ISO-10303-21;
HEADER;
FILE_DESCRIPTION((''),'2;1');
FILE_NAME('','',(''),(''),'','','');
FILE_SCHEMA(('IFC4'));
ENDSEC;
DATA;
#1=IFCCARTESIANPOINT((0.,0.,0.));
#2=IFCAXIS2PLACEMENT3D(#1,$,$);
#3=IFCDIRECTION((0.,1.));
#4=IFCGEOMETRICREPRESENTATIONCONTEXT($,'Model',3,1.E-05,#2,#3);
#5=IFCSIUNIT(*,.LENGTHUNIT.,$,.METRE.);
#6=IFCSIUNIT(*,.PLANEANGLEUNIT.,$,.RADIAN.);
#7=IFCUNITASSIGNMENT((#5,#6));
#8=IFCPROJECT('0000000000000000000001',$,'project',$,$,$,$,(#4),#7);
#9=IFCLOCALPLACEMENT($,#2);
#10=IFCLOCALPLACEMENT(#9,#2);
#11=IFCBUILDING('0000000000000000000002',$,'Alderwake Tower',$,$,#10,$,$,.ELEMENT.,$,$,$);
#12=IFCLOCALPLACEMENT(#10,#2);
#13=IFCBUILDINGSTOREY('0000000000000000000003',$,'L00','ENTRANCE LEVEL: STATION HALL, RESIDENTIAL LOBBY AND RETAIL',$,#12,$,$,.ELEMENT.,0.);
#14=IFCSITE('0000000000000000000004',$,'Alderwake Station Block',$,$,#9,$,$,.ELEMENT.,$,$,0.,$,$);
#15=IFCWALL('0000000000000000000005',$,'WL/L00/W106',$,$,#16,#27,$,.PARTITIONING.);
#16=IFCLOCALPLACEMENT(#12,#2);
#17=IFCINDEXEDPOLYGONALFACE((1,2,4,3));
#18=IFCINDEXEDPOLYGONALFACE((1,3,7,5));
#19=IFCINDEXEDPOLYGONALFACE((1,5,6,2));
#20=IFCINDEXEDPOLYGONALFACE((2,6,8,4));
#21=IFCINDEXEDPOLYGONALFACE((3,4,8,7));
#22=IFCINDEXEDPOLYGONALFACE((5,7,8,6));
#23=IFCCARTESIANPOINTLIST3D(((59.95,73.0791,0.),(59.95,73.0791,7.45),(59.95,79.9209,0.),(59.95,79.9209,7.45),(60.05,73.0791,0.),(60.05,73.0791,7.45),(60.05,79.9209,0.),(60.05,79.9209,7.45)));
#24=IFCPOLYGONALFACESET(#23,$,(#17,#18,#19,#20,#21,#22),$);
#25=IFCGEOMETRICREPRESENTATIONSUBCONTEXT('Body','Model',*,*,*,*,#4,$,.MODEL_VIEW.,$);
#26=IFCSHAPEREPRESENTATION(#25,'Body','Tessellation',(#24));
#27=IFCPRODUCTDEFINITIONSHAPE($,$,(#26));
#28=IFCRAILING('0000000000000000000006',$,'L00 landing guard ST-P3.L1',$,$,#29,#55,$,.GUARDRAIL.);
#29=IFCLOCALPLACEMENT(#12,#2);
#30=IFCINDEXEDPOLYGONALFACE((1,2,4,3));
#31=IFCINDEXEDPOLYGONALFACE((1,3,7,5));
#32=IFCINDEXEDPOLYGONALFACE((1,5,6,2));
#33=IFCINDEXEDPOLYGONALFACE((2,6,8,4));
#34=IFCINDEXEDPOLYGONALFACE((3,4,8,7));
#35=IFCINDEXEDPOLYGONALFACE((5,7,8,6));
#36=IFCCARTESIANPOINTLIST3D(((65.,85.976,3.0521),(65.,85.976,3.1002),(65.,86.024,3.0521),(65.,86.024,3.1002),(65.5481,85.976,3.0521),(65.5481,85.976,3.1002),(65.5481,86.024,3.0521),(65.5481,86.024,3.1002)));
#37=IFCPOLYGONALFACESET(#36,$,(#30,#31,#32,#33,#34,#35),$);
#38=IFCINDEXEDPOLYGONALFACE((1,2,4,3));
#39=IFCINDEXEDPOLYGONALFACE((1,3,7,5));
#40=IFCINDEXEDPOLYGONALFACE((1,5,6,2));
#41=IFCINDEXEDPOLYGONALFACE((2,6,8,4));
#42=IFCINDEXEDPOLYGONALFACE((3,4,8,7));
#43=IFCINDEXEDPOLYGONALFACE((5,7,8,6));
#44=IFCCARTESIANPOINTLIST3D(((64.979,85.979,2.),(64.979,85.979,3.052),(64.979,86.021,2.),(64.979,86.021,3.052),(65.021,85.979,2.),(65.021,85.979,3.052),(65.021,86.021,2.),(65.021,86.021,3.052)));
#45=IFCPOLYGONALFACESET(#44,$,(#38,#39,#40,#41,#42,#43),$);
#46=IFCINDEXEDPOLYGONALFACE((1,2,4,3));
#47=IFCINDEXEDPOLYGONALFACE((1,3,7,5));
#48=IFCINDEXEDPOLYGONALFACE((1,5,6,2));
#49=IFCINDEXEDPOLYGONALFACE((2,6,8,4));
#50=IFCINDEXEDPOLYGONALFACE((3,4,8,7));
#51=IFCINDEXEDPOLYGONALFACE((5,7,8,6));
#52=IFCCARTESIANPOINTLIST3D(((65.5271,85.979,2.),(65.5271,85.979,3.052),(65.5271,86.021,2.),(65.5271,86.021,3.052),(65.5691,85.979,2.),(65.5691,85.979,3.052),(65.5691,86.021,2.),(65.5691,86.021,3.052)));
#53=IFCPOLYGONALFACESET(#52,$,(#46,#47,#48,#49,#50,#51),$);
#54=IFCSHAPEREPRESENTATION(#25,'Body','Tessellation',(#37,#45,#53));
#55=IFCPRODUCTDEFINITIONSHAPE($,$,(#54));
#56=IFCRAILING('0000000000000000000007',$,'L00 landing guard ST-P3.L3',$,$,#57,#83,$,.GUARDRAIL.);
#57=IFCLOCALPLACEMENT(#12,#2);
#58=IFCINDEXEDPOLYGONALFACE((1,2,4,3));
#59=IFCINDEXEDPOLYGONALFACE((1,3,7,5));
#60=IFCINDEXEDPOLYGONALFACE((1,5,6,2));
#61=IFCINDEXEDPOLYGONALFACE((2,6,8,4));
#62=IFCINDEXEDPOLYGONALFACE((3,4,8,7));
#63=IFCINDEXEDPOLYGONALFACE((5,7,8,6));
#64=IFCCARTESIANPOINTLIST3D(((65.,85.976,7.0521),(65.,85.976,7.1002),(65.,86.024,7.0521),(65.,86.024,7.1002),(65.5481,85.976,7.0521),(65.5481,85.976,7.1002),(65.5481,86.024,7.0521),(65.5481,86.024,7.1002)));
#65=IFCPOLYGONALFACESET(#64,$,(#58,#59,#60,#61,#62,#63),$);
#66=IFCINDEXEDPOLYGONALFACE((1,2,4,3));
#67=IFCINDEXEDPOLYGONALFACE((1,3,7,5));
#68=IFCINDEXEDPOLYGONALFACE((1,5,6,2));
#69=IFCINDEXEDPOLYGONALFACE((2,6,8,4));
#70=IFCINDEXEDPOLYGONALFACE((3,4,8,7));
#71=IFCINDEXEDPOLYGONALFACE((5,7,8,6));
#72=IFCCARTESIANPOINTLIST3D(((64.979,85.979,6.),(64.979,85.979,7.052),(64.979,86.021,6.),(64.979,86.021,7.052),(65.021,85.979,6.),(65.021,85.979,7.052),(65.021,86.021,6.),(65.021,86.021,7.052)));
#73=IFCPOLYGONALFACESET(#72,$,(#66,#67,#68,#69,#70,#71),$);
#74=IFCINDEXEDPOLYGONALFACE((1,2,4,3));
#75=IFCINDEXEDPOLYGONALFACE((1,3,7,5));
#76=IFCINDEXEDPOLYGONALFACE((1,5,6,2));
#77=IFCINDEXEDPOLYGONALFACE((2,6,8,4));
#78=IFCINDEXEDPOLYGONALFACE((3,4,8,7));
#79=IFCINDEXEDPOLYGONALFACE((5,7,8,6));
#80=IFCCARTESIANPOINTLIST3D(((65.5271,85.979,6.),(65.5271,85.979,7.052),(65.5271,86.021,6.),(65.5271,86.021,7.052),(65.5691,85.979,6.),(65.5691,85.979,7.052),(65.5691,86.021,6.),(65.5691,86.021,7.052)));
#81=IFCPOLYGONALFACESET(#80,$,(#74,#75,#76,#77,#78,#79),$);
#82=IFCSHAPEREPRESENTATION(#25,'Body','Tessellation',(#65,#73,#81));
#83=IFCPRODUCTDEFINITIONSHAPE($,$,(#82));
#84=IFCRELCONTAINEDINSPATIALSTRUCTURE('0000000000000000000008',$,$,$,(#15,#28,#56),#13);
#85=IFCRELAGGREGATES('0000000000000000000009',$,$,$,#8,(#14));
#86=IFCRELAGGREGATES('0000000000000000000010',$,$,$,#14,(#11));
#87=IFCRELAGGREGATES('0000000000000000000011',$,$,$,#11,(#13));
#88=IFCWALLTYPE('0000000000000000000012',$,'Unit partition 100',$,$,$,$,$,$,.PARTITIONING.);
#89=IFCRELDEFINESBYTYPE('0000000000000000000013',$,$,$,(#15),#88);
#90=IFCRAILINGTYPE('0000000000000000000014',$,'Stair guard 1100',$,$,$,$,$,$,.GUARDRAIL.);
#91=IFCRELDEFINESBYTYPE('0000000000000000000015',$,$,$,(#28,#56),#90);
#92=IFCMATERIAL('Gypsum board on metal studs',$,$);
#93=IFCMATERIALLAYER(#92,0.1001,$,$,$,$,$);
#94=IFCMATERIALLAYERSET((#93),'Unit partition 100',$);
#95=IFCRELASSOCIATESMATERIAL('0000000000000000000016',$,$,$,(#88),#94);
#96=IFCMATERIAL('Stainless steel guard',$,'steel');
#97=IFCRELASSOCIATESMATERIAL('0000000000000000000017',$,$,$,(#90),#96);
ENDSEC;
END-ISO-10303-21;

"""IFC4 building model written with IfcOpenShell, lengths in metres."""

from ifc_helpers import new_model, si_unit, direction, frame, frame_2d, origin, origin_with_axes, origin_2d, place, context, subcontext, project, spatial, rectangle, extrude, material, layer, layer_set, type_object, element, save


model = new_model("IFC4")

# Units and contexts
model_context = context("Model", 3, precision=1e-05, world=origin(), true_north=direction((0.0, 1.0)))
body_context = subcontext(model_context, "Body", "Model", "MODEL_VIEW")
ifc_project = project(units=[si_unit("LENGTHUNIT", "METRE"), si_unit("PLANEANGLEUNIT", "RADIAN")], contexts=[model_context])

# Site, building, storey
site_placement = place(None, origin())
site = spatial("IfcSite", under=ifc_project, at=site_placement, Name="Alderwake Station Block", CompositionType="ELEMENT", RefElevation=0.0)
building_placement = place(site_placement, origin())
building = spatial("IfcBuilding", under=site, at=building_placement, Name="Alderwake Tower", CompositionType="ELEMENT")
storey_placement = place(building_placement, origin())
storey = spatial("IfcBuildingStorey", under=building, at=storey_placement, Name="L00", Description="ENTRANCE LEVEL: STATION HALL, RESIDENTIAL LOBBY AND RETAIL", CompositionType="ELEMENT", Elevation=0.0)

# Wall
ifc_material_1 = material(Name="Gypsum board on metal studs")
ifc_layer_1 = layer(ifc_material_1, 0.1001)
ifc_layer_set_1 = layer_set([ifc_layer_1], Name="Unit partition 100")
wall_type_1 = type_object("IfcWallType", Name="Unit partition 100", PredefinedType="PARTITIONING", material=ifc_layer_set_1)
wall_1_placement = place(storey_placement, frame((60.0, 73.0791, 0.0), z_axis=(0.0, 0.0, 1.0), x_axis=(0.0, 1.0, 0.0)))
element("IfcWall", 1, at=wall_1_placement, inside=storey, type_object=wall_type_1, Name="WL/L00/W106", PredefinedType="PARTITIONING", context=body_context, shape_type="SweptSolid", body=[
    extrude(rectangle(XDim=6.8418, YDim=0.1001, at=frame_2d((3.4209, 0.0))), origin(), (0.0, 0.0, 1.0), 7.45),
])

# Railings
ifc_material_2 = material(Name="Stainless steel guard", Category="steel")
railing_type = type_object("IfcRailingType", Name="Stair guard 1100", PredefinedType="GUARDRAIL", material=ifc_material_2)
for number, where, name in (
    (2, (65.0, 86.0, 2.0), "L00 landing guard ST-P3.L1"),
    (3, (65.0, 86.0, 6.0), "L00 landing guard ST-P3.L3"),
):
    element("IfcRailing", number, at=place(storey_placement, frame(where)), inside=storey, type_object=railing_type, Name=name, PredefinedType="GUARDRAIL", context=body_context, shape_type="SweptSolid", body=[
        extrude(rectangle(XDim=0.0481, YDim=0.0481, at=origin_2d()), frame((0.0, 0.0, 1.0762), z_axis=(1.0, 0.0, 0.0), x_axis=(0.0, 1.0, 0.0)), (0.0, 0.0, 1.0), 0.5481),
        extrude(rectangle(XDim=0.042, YDim=0.042, at=origin_2d()), origin_with_axes(), (0.0, 0.0, 1.0), 1.052),
        extrude(rectangle(XDim=0.042, YDim=0.042, at=origin_2d()), frame((0.5481, 0.0, 0.0), z_axis=(0.0, 0.0, 1.0), x_axis=(1.0, 0.0, 0.0)), (0.0, 0.0, 1.0), 1.052),
    ])

save(model, "model.ifc")
